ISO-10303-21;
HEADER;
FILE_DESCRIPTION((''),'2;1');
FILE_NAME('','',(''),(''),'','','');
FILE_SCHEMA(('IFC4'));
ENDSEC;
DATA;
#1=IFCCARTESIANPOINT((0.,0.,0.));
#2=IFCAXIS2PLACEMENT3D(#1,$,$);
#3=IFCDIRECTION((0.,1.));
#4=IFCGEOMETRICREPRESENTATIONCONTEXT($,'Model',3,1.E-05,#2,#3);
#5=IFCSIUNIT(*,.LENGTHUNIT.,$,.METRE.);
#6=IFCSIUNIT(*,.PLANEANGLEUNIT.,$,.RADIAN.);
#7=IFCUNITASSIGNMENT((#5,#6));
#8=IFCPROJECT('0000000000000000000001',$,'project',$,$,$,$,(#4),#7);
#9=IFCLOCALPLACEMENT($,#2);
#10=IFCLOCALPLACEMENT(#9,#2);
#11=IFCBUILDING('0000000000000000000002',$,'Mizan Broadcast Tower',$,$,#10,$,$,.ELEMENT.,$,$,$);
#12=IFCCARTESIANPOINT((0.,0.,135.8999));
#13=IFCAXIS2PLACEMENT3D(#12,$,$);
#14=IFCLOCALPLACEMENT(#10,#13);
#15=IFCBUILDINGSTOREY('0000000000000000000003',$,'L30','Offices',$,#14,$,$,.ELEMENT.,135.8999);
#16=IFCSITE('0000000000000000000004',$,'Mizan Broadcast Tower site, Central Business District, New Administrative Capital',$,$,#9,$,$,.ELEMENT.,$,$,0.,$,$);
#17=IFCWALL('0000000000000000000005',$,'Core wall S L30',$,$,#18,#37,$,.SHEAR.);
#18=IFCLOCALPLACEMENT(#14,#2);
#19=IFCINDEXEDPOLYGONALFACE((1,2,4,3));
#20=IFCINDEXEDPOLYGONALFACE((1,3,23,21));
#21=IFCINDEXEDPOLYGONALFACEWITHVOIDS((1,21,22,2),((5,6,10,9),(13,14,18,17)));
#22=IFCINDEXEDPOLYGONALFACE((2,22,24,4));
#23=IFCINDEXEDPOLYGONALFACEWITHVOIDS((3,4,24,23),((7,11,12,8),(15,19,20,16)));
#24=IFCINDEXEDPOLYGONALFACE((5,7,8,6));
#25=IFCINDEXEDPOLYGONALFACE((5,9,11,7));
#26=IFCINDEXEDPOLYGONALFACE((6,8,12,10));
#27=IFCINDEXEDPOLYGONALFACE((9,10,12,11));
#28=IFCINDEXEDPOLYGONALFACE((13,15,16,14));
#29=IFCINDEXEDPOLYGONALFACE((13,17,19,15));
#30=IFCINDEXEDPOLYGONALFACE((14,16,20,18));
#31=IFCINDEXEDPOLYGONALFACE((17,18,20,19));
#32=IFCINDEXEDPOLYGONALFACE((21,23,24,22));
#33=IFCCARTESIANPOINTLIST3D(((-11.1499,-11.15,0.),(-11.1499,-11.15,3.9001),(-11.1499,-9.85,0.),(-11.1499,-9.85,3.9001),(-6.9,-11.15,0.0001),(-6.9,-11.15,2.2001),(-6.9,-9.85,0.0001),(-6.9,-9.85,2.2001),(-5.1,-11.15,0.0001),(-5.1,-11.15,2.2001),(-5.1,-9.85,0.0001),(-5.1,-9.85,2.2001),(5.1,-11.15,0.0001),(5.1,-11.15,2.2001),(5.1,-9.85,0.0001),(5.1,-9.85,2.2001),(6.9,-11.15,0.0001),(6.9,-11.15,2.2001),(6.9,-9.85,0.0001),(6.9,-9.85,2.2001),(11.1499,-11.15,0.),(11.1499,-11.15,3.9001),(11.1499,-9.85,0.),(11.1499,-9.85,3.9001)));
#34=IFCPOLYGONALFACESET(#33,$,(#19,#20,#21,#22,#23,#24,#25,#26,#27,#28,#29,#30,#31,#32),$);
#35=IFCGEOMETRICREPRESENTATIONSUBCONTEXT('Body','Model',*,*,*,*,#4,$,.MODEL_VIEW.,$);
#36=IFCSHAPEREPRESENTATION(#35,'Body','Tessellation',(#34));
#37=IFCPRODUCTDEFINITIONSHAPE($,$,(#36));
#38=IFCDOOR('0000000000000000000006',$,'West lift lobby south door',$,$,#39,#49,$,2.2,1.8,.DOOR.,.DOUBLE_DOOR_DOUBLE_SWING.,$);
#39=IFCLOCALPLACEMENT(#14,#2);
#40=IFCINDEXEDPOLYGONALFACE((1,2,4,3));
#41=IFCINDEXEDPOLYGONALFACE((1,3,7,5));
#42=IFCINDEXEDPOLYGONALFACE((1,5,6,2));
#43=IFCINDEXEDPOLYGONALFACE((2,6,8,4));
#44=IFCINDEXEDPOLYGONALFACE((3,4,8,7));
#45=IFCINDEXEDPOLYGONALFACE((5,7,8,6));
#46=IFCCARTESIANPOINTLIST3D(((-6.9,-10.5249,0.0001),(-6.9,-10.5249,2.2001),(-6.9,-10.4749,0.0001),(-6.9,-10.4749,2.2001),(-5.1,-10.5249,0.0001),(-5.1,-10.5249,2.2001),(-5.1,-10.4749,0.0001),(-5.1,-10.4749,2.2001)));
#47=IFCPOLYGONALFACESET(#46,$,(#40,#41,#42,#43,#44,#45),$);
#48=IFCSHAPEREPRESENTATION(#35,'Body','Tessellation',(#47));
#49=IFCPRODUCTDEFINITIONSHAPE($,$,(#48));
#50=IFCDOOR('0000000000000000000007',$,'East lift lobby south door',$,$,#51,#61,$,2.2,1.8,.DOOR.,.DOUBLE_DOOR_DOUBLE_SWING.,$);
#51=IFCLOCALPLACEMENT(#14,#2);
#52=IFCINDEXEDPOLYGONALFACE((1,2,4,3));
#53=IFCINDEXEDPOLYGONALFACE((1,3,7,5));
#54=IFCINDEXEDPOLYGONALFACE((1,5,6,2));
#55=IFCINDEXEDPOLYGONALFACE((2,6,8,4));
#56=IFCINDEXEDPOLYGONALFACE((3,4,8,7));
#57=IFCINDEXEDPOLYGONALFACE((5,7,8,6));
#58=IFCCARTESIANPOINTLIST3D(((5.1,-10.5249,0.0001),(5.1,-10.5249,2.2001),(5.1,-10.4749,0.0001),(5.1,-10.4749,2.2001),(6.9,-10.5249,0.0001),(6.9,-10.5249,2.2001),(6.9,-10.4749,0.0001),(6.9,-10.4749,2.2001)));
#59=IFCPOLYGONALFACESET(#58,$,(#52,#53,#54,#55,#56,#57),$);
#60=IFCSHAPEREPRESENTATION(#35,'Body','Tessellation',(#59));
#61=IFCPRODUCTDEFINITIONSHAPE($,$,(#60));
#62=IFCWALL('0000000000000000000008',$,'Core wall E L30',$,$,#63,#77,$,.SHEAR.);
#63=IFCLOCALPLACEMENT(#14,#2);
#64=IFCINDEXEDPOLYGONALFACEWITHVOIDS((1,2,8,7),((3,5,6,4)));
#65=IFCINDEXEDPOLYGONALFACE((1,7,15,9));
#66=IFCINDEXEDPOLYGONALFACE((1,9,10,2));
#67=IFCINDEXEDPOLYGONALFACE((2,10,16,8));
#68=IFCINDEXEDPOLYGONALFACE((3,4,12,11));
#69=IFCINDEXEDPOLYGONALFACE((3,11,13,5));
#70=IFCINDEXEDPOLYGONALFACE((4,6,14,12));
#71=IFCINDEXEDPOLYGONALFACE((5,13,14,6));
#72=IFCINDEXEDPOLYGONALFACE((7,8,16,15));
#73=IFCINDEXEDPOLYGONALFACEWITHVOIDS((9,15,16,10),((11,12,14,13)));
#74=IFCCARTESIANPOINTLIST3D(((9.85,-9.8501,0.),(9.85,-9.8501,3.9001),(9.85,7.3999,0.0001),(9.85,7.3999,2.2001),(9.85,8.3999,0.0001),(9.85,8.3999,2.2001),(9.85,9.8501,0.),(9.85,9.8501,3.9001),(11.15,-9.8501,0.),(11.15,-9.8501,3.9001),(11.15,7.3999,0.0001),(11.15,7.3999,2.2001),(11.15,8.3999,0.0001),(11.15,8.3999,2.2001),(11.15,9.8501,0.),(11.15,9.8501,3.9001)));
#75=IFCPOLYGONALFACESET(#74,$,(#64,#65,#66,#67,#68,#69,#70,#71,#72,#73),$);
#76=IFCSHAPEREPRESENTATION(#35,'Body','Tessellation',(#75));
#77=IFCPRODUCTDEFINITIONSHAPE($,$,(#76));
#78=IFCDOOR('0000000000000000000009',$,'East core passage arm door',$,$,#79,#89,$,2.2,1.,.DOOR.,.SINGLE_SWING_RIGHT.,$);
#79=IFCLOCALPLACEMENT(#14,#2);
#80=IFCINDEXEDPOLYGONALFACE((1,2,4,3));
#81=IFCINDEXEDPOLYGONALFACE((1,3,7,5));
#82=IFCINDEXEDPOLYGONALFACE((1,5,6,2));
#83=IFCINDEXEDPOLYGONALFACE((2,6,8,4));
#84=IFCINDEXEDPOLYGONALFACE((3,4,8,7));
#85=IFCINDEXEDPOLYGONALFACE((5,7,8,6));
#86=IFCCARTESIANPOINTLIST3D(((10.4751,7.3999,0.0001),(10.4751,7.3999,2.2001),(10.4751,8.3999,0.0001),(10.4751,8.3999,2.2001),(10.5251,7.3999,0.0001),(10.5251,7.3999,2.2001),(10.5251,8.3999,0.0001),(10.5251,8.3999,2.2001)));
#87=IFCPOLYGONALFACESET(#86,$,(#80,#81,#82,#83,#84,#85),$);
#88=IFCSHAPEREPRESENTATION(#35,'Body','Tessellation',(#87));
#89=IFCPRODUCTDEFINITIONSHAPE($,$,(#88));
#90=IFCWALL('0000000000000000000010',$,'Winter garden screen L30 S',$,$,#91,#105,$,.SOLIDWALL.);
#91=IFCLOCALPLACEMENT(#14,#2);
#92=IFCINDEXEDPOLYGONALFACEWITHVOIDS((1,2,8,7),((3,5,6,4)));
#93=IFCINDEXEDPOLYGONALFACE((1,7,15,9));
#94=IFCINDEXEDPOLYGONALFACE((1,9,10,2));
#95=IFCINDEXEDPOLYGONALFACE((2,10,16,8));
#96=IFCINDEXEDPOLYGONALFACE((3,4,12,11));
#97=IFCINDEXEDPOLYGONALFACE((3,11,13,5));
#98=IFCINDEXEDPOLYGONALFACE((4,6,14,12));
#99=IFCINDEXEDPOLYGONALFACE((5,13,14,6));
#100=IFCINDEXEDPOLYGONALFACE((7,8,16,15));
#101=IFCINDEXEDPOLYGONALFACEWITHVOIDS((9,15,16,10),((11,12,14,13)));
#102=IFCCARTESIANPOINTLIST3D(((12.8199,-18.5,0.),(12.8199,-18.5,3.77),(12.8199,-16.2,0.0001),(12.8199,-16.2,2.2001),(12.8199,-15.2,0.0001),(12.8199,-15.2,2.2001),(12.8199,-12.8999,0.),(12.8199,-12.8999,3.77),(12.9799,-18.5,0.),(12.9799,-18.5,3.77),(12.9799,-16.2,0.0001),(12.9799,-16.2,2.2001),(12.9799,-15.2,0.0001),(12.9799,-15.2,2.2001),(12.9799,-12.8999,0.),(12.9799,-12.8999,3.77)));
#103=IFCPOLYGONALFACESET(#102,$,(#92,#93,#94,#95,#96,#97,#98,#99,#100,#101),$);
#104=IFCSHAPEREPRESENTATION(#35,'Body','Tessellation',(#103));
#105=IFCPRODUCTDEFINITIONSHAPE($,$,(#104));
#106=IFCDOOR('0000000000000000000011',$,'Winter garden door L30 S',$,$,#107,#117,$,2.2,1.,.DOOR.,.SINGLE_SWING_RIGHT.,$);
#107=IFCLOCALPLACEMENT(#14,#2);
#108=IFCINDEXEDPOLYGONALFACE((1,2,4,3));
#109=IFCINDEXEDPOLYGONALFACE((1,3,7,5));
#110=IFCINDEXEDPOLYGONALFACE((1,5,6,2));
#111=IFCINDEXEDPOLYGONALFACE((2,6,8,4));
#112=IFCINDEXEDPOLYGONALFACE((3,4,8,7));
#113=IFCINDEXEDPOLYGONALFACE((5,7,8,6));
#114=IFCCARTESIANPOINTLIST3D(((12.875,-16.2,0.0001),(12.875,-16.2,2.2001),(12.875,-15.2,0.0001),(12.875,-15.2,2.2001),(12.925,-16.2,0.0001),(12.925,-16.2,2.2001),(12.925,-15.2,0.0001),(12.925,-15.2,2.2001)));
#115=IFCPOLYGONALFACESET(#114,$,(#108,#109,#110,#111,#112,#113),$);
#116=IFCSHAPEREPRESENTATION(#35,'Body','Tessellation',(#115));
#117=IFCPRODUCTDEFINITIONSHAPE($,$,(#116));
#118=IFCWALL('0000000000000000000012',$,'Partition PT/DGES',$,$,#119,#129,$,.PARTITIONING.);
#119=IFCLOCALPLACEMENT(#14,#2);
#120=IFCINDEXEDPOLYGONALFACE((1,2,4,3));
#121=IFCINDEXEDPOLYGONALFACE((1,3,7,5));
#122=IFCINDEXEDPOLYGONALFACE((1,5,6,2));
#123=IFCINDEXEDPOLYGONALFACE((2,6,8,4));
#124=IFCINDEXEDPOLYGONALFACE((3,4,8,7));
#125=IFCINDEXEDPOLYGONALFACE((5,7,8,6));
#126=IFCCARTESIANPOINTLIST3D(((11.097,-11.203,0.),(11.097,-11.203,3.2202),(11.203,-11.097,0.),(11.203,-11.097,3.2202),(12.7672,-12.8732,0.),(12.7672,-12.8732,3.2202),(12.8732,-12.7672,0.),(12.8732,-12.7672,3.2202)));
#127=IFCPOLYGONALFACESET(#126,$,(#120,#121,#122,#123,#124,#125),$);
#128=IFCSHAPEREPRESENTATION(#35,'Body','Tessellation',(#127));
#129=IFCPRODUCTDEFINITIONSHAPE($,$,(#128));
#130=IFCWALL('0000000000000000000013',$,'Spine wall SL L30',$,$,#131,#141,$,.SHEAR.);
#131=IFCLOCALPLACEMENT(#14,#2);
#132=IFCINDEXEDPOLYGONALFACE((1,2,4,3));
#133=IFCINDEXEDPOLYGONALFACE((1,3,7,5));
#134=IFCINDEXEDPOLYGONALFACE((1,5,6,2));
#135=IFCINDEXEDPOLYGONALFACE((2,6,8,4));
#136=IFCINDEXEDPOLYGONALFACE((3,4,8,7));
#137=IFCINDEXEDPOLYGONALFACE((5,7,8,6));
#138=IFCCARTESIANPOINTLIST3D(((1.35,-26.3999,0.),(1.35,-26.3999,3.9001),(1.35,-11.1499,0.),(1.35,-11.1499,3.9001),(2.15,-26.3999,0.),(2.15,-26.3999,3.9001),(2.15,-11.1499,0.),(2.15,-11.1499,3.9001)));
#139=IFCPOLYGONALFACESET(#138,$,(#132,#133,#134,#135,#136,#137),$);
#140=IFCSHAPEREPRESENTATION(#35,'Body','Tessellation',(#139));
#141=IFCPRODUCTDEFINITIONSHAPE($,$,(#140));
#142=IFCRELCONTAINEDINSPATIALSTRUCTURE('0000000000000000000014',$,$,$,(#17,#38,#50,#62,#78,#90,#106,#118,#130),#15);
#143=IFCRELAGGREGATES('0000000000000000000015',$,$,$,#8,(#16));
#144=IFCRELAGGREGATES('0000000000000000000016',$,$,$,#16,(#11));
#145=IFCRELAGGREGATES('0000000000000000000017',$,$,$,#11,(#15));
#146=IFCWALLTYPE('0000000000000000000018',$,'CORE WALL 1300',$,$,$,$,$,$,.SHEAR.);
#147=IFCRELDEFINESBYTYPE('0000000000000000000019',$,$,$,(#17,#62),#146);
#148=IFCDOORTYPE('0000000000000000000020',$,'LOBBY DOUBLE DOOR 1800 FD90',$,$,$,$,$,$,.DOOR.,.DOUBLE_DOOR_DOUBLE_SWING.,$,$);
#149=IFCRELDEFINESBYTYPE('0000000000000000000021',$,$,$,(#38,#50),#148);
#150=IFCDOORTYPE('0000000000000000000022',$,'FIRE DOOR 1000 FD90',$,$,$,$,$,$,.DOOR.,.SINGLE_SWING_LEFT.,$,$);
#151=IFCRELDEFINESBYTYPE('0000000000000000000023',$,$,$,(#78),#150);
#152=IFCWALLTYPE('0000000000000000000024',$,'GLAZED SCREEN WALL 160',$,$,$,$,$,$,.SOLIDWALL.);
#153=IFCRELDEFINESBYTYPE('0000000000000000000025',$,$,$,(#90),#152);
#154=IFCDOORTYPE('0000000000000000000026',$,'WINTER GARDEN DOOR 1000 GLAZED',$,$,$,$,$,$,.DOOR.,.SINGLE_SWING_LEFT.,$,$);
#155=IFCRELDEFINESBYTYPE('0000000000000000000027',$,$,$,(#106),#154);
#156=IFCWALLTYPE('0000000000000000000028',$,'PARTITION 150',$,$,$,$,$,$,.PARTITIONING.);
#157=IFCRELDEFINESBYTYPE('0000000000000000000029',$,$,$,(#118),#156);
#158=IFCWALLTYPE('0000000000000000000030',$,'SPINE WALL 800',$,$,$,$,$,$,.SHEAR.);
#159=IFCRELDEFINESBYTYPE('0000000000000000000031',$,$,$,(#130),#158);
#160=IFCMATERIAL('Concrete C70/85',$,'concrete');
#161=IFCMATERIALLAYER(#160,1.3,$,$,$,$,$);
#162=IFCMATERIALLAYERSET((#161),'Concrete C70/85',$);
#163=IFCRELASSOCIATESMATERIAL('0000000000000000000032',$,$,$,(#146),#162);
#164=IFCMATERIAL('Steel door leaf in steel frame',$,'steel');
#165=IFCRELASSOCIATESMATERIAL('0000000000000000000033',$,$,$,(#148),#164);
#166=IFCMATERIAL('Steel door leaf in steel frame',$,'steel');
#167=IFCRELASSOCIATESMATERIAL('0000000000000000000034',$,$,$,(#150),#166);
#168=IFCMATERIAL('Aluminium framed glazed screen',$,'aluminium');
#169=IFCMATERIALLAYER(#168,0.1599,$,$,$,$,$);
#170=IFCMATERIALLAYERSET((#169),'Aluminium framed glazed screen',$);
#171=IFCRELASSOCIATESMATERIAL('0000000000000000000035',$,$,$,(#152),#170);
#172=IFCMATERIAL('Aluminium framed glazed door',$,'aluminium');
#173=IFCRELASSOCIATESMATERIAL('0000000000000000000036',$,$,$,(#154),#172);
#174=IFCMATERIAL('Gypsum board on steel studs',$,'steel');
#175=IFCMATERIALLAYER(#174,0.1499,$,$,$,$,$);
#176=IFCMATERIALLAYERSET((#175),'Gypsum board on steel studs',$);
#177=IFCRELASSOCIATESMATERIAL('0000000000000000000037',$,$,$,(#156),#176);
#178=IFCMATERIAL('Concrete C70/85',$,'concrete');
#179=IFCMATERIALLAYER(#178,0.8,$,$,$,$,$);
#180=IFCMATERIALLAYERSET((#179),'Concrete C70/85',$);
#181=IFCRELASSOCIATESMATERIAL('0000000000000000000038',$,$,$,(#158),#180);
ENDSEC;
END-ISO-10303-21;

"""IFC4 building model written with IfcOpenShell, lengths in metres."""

from ifc_helpers import new_model, si_unit, direction, frame, frame_2d, origin, place, context, subcontext, project, spatial, rectangle, extrude, material, layer, layer_set, type_object, element, fill, save


model = new_model("IFC4")

# Units and contexts
model_context = context("Model", 3, precision=1e-05, world=origin(), true_north=direction((0.0, 1.0)))
body_context = subcontext(model_context, "Body", "Model", "MODEL_VIEW")
ifc_project = project(units=[si_unit("LENGTHUNIT", "METRE"), si_unit("PLANEANGLEUNIT", "RADIAN")], contexts=[model_context])

# Site, building, storey
site_placement = place(None, origin())
site = spatial("IfcSite", under=ifc_project, at=site_placement, Name="Mizan Broadcast Tower site, Central Business District, New Administrative Capital", CompositionType="ELEMENT", RefElevation=0.0)
building_placement = place(site_placement, origin())
building = spatial("IfcBuilding", under=site, at=building_placement, Name="Mizan Broadcast Tower", CompositionType="ELEMENT")
storey_placement = place(building_placement, frame((0.0, 0.0, 135.8999)))
storey = spatial("IfcBuildingStorey", under=building, at=storey_placement, Name="L30", Description="Offices", CompositionType="ELEMENT", Elevation=135.8999)

# Wall, openings, doors
ifc_material_1 = material(Name="Concrete C70/85", Category="concrete")
ifc_layer_1 = layer(ifc_material_1, 1.3)
ifc_layer_set_1 = layer_set([ifc_layer_1], Name="Concrete C70/85")
wall_type_1 = type_object("IfcWallType", Name="CORE WALL 1300", PredefinedType="SHEAR", material=ifc_layer_set_1)
wall_1_placement = place(storey_placement, frame((11.1499, -10.5, 0.0), z_axis=(0.0, 0.0, 1.0), x_axis=(-1.0, 0.0, 0.0)))
wall_1 = element("IfcWall", 1, at=wall_1_placement, inside=storey, type_object=wall_type_1, Name="Core wall S L30", PredefinedType="SHEAR", context=body_context, shape_type="SweptSolid", body=[
    extrude(rectangle(XDim=22.2998, YDim=1.3, at=frame_2d((11.1499, 0.0))), origin(), (0.0, 0.0, 1.0), 3.9001),
])
opening_1_placement = place(wall_1_placement, frame((16.25, 0.0, 0.0)))
opening_1 = element("IfcOpeningElement", 2, at=opening_1_placement, cuts=wall_1, PredefinedType="OPENING", context=body_context, shape_type="SweptSolid", body=[
    extrude(rectangle(XDim=1.8, YDim=2.2, at=frame_2d((0.8999, 1.1001))), frame((0.0, 0.6599, 0.0), z_axis=(0.0, -1.0, 0.0), x_axis=(1.0, 0.0, 0.0)), (0.0, 0.0, 1.0), 1.3201),
])
opening_2_placement = place(wall_1_placement, frame((4.25, 0.0, 0.0)))
opening_2 = element("IfcOpeningElement", 3, at=opening_2_placement, cuts=wall_1, PredefinedType="OPENING", context=body_context, shape_type="SweptSolid", body=[
    extrude(rectangle(XDim=1.8, YDim=2.2, at=frame_2d((0.8999, 1.1001))), frame((0.0, 0.6599, 0.0), z_axis=(0.0, -1.0, 0.0), x_axis=(1.0, 0.0, 0.0)), (0.0, 0.0, 1.0), 1.3201),
])
ifc_material_2 = material(Name="Steel door leaf in steel frame", Category="steel")
door_type_1 = type_object("IfcDoorType", Name="LOBBY DOUBLE DOOR 1800 FD90", OperationType="DOUBLE_DOOR_DOUBLE_SWING", PredefinedType="DOOR", material=ifc_material_2)
door_1_placement = place(opening_1_placement, origin())
door_1 = element("IfcDoor", 4, at=door_1_placement, inside=storey, type_object=door_type_1, Name="West lift lobby south door", OperationType="DOUBLE_DOOR_DOUBLE_SWING", OverallHeight=2.2, OverallWidth=1.8, PredefinedType="DOOR", context=body_context, shape_type="SweptSolid", body=[
    extrude(rectangle(XDim=1.8, YDim=2.2, at=frame_2d((0.8999, 1.1001))), frame((0.0, 0.0249, 0.0), z_axis=(0.0, -1.0, 0.0), x_axis=(1.0, 0.0, 0.0)), (0.0, 0.0, 1.0), 0.05),
])
fill(opening_1, door_1)
door_2_placement = place(opening_2_placement, origin())
door_2 = element("IfcDoor", 5, at=door_2_placement, inside=storey, type_object=door_type_1, Name="East lift lobby south door", OperationType="DOUBLE_DOOR_DOUBLE_SWING", OverallHeight=2.2, OverallWidth=1.8, PredefinedType="DOOR", context=body_context, shape_type="SweptSolid", body=[
    extrude(rectangle(XDim=1.8, YDim=2.2, at=frame_2d((0.8999, 1.1001))), frame((0.0, 0.0249, 0.0), z_axis=(0.0, -1.0, 0.0), x_axis=(1.0, 0.0, 0.0)), (0.0, 0.0, 1.0), 0.05),
])
fill(opening_2, door_2)

# Walls, openings, doors
wall_2_placement = place(storey_placement, frame((10.5, -9.8501, 0.0), z_axis=(0.0, 0.0, 1.0), x_axis=(0.0, 1.0, 0.0)))
wall_2 = element("IfcWall", 6, at=wall_2_placement, inside=storey, type_object=wall_type_1, Name="Core wall E L30", PredefinedType="SHEAR", context=body_context, shape_type="SweptSolid", body=[
    extrude(rectangle(XDim=19.7002, YDim=1.3, at=frame_2d((9.8501, 0.0))), origin(), (0.0, 0.0, 1.0), 3.9001),
])
opening_3_placement = place(wall_2_placement, frame((17.25, 0.0, 0.0)))
opening_3 = element("IfcOpeningElement", 7, at=opening_3_placement, cuts=wall_2, PredefinedType="OPENING", context=body_context, shape_type="SweptSolid", body=[
    extrude(rectangle(XDim=1.0, YDim=2.2, at=frame_2d((0.5, 1.1001))), frame((0.0, 0.6599, 0.0), z_axis=(0.0, -1.0, 0.0), x_axis=(1.0, 0.0, 0.0)), (0.0, 0.0, 1.0), 1.3201),
])
ifc_material_3 = material(Name="Steel door leaf in steel frame", Category="steel")
door_type_2 = type_object("IfcDoorType", Name="FIRE DOOR 1000 FD90", OperationType="SINGLE_SWING_LEFT", PredefinedType="DOOR", material=ifc_material_3)
door_3_placement = place(opening_3_placement, origin())
door_3 = element("IfcDoor", 8, at=door_3_placement, inside=storey, type_object=door_type_2, Name="East core passage arm door", OperationType="SINGLE_SWING_RIGHT", OverallHeight=2.2, OverallWidth=1.0, PredefinedType="DOOR", context=body_context, shape_type="SweptSolid", body=[
    extrude(rectangle(XDim=1.0, YDim=2.2, at=frame_2d((0.5, 1.1001))), frame((0.0, 0.0249, 0.0), z_axis=(0.0, -1.0, 0.0), x_axis=(1.0, 0.0, 0.0)), (0.0, 0.0, 1.0), 0.05),
])
fill(opening_3, door_3)
ifc_material_4 = material(Name="Aluminium framed glazed screen", Category="aluminium")
ifc_layer_2 = layer(ifc_material_4, 0.1599)
ifc_layer_set_2 = layer_set([ifc_layer_2], Name="Aluminium framed glazed screen")
wall_type_2 = type_object("IfcWallType", Name="GLAZED SCREEN WALL 160", PredefinedType="SOLIDWALL", material=ifc_layer_set_2)
wall_3_placement = place(storey_placement, frame((12.8999, -18.5, 0.0), z_axis=(0.0, 0.0, 1.0), x_axis=(0.0, 1.0, 0.0)))
wall_3 = element("IfcWall", 9, at=wall_3_placement, inside=storey, type_object=wall_type_2, Name="Winter garden screen L30 S", PredefinedType="SOLIDWALL", context=body_context, shape_type="SweptSolid", body=[
    extrude(rectangle(XDim=5.6001, YDim=0.1599, at=frame_2d((2.8, 0.0))), origin(), (0.0, 0.0, 1.0), 3.77),
])
opening_4_placement = place(wall_3_placement, frame((2.3, 0.0, 0.0)))
opening_4 = element("IfcOpeningElement", 10, at=opening_4_placement, cuts=wall_3, PredefinedType="OPENING", context=body_context, shape_type="SweptSolid", body=[
    extrude(rectangle(XDim=1.0, YDim=2.2, at=frame_2d((0.5, 1.1001))), frame((0.0, 0.0898, 0.0), z_axis=(0.0, -1.0, 0.0), x_axis=(1.0, 0.0, 0.0)), (0.0, 0.0, 1.0), 0.1799),
])
ifc_material_5 = material(Name="Aluminium framed glazed door", Category="aluminium")
door_type_3 = type_object("IfcDoorType", Name="WINTER GARDEN DOOR 1000 GLAZED", OperationType="SINGLE_SWING_LEFT", PredefinedType="DOOR", material=ifc_material_5)
door_4_placement = place(opening_4_placement, origin())
door_4 = element("IfcDoor", 11, at=door_4_placement, inside=storey, type_object=door_type_3, Name="Winter garden door L30 S", OperationType="SINGLE_SWING_RIGHT", OverallHeight=2.2, OverallWidth=1.0, PredefinedType="DOOR", context=body_context, shape_type="SweptSolid", body=[
    extrude(rectangle(XDim=1.0, YDim=2.2, at=frame_2d((0.5, 1.1001))), frame((0.0, 0.0249, 0.0), z_axis=(0.0, -1.0, 0.0), x_axis=(1.0, 0.0, 0.0)), (0.0, 0.0, 1.0), 0.05),
])
fill(opening_4, door_4)

# Walls
ifc_material_6 = material(Name="Gypsum board on steel studs", Category="steel")
ifc_layer_3 = layer(ifc_material_6, 0.1499)
ifc_layer_set_3 = layer_set([ifc_layer_3], Name="Gypsum board on steel studs")
wall_type_3 = type_object("IfcWallType", Name="PARTITION 150", PredefinedType="PARTITIONING", material=ifc_layer_set_3)
wall_4_placement = place(storey_placement, frame((11.1499, -11.1499, 0.0), z_axis=(0.0, 0.0, 1.0), x_axis=(0.707107, -0.707107, 0.0)))
element("IfcWall", 12, at=wall_4_placement, inside=storey, type_object=wall_type_3, Name="Partition PT/DGES", PredefinedType="PARTITIONING", context=body_context, shape_type="SweptSolid", body=[
    extrude(rectangle(XDim=2.3621, YDim=0.1499, at=frame_2d((1.1812, 0.0))), origin(), (0.0, 0.0, 1.0), 3.2202),
])
ifc_material_7 = material(Name="Concrete C70/85", Category="concrete")
ifc_layer_4 = layer(ifc_material_7, 0.8)
ifc_layer_set_4 = layer_set([ifc_layer_4], Name="Concrete C70/85")
wall_type_4 = type_object("IfcWallType", Name="SPINE WALL 800", PredefinedType="SHEAR", material=ifc_layer_set_4)
wall_5_placement = place(storey_placement, frame((1.75, -11.1499, 0.0), z_axis=(0.0, 0.0, 1.0), x_axis=(0.0, -1.0, 0.0)))
element("IfcWall", 13, at=wall_5_placement, inside=storey, type_object=wall_type_4, Name="Spine wall SL L30", PredefinedType="SHEAR", context=body_context, shape_type="SweptSolid", body=[
    extrude(rectangle(XDim=15.25, YDim=0.8, at=frame_2d((7.625, 0.0))), origin(), (0.0, 0.0, 1.0), 3.9001),
])

save(model, "model.ifc")
